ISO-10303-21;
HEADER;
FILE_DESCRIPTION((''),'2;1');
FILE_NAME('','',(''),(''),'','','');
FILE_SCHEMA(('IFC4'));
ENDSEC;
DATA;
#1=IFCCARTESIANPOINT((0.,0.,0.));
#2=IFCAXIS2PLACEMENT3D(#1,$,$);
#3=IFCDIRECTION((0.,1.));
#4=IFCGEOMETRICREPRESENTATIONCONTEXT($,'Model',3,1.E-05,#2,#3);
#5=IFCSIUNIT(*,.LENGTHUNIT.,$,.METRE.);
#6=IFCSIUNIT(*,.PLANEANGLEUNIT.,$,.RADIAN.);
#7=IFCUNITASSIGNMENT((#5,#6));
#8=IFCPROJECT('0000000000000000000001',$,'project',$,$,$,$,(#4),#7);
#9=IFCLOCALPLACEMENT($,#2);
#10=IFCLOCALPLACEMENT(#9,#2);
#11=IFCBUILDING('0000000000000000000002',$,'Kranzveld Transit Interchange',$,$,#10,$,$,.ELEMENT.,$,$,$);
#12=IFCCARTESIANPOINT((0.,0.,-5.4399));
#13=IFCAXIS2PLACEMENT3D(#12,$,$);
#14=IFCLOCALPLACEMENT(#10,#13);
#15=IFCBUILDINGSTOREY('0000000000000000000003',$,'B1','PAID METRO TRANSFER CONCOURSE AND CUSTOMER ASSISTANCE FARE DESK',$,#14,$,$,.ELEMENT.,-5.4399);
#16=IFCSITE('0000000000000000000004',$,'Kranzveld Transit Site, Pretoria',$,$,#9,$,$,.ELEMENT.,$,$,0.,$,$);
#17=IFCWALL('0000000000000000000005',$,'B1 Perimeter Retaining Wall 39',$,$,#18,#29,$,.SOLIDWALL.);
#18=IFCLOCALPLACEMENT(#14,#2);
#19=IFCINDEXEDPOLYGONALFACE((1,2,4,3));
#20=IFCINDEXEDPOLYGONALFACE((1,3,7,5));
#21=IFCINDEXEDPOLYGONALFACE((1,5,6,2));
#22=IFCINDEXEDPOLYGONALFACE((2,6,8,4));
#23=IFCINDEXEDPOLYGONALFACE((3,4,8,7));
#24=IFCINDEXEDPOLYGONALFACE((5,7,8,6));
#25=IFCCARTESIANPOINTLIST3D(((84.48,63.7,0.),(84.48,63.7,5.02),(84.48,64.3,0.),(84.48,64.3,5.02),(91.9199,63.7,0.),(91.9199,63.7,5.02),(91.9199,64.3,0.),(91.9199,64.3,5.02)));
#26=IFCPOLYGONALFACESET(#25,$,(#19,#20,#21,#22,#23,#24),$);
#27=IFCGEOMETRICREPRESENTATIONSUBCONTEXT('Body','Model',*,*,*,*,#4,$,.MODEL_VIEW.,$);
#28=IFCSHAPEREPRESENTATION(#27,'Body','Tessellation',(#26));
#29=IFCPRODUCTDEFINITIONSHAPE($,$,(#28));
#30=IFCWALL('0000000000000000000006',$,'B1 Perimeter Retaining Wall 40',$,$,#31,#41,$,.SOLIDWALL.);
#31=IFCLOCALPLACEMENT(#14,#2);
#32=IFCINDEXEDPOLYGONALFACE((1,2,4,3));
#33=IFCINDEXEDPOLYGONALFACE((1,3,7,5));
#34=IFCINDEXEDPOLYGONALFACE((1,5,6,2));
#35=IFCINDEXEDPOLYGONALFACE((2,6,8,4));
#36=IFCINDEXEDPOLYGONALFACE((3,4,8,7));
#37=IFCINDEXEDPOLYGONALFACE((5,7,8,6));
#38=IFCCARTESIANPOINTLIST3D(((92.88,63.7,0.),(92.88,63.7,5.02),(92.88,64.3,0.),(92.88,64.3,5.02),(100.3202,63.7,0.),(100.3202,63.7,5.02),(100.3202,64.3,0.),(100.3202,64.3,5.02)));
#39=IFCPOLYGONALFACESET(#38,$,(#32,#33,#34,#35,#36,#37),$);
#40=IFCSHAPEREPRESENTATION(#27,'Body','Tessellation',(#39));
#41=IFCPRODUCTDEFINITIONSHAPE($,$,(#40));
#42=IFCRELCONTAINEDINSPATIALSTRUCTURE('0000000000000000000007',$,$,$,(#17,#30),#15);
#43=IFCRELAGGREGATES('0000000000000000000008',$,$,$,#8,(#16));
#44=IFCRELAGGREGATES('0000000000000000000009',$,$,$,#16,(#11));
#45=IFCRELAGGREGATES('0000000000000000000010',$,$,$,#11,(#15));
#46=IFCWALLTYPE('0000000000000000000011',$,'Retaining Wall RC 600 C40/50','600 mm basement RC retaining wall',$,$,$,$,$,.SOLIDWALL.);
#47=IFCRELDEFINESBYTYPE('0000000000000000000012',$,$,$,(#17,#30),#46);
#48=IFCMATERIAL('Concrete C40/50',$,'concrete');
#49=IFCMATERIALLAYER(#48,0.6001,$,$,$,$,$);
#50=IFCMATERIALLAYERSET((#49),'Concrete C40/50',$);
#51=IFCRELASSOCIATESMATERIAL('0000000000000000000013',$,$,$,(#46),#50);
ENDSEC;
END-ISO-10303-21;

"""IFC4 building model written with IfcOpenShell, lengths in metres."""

from ifc_helpers import new_model, si_unit, direction, frame, frame_2d, origin, place, context, subcontext, project, spatial, rectangle, extrude, material, layer, layer_set, type_object, element, save


model = new_model("IFC4")

# Units and contexts
model_context = context("Model", 3, precision=1e-05, world=origin(), true_north=direction((0.0, 1.0)))
body_context = subcontext(model_context, "Body", "Model", "MODEL_VIEW")
ifc_project = project(units=[si_unit("LENGTHUNIT", "METRE"), si_unit("PLANEANGLEUNIT", "RADIAN")], contexts=[model_context])

# Site, building, storey
site_placement = place(None, origin())
site = spatial("IfcSite", under=ifc_project, at=site_placement, Name="Kranzveld Transit Site, Pretoria", CompositionType="ELEMENT", RefElevation=0.0)
building_placement = place(site_placement, origin())
building = spatial("IfcBuilding", under=site, at=building_placement, Name="Kranzveld Transit Interchange", CompositionType="ELEMENT")
storey_placement = place(building_placement, frame((0.0, 0.0, -5.4399)))
storey = spatial("IfcBuildingStorey", under=building, at=storey_placement, Name="B1", Description="PAID METRO TRANSFER CONCOURSE AND CUSTOMER ASSISTANCE FARE DESK", CompositionType="ELEMENT", Elevation=-5.4399)

# Walls
ifc_material_1 = material(Name="Concrete C40/50", Category="concrete")
ifc_layer = layer(ifc_material_1, 0.6001)
ifc_layer_set = layer_set([ifc_layer], Name="Concrete C40/50")
wall_type = type_object("IfcWallType", Name="Retaining Wall RC 600 C40/50", Description="600 mm basement RC retaining wall", PredefinedType="SOLIDWALL", material=ifc_layer_set)
for number, where, z_axis, x_axis, name in (
    (1, (84.48, 64.0, 0.0), (0.0, 0.0, 1.0), (1.0, 0.0, 0.0), "B1 Perimeter Retaining Wall 39"),
):
    element("IfcWall", number, at=place(storey_placement, frame(where, z_axis=z_axis, x_axis=x_axis)), inside=storey, type_object=wall_type, Name=name, PredefinedType="SOLIDWALL", context=body_context, shape_type="SweptSolid", body=[
        extrude(rectangle(XDim=7.4399, YDim=0.6001, at=frame_2d((3.72, 0.0))), origin(), (0.0, 0.0, 1.0), 5.02),
    ])
wall_placement = place(storey_placement, frame((92.8799, 64.0, 0.0), z_axis=(0.0, 0.0, 1.0), x_axis=(1.0, 0.0, 0.0)))
element("IfcWall", 2, at=wall_placement, inside=storey, type_object=wall_type, Name="B1 Perimeter Retaining Wall 40", PredefinedType="SOLIDWALL", context=body_context, shape_type="SweptSolid", body=[
    extrude(rectangle(XDim=7.4402, YDim=0.6001, at=frame_2d((3.7202, 0.0))), origin(), (0.0, 0.0, 1.0), 5.02),
])

save(model, "model.ifc")
